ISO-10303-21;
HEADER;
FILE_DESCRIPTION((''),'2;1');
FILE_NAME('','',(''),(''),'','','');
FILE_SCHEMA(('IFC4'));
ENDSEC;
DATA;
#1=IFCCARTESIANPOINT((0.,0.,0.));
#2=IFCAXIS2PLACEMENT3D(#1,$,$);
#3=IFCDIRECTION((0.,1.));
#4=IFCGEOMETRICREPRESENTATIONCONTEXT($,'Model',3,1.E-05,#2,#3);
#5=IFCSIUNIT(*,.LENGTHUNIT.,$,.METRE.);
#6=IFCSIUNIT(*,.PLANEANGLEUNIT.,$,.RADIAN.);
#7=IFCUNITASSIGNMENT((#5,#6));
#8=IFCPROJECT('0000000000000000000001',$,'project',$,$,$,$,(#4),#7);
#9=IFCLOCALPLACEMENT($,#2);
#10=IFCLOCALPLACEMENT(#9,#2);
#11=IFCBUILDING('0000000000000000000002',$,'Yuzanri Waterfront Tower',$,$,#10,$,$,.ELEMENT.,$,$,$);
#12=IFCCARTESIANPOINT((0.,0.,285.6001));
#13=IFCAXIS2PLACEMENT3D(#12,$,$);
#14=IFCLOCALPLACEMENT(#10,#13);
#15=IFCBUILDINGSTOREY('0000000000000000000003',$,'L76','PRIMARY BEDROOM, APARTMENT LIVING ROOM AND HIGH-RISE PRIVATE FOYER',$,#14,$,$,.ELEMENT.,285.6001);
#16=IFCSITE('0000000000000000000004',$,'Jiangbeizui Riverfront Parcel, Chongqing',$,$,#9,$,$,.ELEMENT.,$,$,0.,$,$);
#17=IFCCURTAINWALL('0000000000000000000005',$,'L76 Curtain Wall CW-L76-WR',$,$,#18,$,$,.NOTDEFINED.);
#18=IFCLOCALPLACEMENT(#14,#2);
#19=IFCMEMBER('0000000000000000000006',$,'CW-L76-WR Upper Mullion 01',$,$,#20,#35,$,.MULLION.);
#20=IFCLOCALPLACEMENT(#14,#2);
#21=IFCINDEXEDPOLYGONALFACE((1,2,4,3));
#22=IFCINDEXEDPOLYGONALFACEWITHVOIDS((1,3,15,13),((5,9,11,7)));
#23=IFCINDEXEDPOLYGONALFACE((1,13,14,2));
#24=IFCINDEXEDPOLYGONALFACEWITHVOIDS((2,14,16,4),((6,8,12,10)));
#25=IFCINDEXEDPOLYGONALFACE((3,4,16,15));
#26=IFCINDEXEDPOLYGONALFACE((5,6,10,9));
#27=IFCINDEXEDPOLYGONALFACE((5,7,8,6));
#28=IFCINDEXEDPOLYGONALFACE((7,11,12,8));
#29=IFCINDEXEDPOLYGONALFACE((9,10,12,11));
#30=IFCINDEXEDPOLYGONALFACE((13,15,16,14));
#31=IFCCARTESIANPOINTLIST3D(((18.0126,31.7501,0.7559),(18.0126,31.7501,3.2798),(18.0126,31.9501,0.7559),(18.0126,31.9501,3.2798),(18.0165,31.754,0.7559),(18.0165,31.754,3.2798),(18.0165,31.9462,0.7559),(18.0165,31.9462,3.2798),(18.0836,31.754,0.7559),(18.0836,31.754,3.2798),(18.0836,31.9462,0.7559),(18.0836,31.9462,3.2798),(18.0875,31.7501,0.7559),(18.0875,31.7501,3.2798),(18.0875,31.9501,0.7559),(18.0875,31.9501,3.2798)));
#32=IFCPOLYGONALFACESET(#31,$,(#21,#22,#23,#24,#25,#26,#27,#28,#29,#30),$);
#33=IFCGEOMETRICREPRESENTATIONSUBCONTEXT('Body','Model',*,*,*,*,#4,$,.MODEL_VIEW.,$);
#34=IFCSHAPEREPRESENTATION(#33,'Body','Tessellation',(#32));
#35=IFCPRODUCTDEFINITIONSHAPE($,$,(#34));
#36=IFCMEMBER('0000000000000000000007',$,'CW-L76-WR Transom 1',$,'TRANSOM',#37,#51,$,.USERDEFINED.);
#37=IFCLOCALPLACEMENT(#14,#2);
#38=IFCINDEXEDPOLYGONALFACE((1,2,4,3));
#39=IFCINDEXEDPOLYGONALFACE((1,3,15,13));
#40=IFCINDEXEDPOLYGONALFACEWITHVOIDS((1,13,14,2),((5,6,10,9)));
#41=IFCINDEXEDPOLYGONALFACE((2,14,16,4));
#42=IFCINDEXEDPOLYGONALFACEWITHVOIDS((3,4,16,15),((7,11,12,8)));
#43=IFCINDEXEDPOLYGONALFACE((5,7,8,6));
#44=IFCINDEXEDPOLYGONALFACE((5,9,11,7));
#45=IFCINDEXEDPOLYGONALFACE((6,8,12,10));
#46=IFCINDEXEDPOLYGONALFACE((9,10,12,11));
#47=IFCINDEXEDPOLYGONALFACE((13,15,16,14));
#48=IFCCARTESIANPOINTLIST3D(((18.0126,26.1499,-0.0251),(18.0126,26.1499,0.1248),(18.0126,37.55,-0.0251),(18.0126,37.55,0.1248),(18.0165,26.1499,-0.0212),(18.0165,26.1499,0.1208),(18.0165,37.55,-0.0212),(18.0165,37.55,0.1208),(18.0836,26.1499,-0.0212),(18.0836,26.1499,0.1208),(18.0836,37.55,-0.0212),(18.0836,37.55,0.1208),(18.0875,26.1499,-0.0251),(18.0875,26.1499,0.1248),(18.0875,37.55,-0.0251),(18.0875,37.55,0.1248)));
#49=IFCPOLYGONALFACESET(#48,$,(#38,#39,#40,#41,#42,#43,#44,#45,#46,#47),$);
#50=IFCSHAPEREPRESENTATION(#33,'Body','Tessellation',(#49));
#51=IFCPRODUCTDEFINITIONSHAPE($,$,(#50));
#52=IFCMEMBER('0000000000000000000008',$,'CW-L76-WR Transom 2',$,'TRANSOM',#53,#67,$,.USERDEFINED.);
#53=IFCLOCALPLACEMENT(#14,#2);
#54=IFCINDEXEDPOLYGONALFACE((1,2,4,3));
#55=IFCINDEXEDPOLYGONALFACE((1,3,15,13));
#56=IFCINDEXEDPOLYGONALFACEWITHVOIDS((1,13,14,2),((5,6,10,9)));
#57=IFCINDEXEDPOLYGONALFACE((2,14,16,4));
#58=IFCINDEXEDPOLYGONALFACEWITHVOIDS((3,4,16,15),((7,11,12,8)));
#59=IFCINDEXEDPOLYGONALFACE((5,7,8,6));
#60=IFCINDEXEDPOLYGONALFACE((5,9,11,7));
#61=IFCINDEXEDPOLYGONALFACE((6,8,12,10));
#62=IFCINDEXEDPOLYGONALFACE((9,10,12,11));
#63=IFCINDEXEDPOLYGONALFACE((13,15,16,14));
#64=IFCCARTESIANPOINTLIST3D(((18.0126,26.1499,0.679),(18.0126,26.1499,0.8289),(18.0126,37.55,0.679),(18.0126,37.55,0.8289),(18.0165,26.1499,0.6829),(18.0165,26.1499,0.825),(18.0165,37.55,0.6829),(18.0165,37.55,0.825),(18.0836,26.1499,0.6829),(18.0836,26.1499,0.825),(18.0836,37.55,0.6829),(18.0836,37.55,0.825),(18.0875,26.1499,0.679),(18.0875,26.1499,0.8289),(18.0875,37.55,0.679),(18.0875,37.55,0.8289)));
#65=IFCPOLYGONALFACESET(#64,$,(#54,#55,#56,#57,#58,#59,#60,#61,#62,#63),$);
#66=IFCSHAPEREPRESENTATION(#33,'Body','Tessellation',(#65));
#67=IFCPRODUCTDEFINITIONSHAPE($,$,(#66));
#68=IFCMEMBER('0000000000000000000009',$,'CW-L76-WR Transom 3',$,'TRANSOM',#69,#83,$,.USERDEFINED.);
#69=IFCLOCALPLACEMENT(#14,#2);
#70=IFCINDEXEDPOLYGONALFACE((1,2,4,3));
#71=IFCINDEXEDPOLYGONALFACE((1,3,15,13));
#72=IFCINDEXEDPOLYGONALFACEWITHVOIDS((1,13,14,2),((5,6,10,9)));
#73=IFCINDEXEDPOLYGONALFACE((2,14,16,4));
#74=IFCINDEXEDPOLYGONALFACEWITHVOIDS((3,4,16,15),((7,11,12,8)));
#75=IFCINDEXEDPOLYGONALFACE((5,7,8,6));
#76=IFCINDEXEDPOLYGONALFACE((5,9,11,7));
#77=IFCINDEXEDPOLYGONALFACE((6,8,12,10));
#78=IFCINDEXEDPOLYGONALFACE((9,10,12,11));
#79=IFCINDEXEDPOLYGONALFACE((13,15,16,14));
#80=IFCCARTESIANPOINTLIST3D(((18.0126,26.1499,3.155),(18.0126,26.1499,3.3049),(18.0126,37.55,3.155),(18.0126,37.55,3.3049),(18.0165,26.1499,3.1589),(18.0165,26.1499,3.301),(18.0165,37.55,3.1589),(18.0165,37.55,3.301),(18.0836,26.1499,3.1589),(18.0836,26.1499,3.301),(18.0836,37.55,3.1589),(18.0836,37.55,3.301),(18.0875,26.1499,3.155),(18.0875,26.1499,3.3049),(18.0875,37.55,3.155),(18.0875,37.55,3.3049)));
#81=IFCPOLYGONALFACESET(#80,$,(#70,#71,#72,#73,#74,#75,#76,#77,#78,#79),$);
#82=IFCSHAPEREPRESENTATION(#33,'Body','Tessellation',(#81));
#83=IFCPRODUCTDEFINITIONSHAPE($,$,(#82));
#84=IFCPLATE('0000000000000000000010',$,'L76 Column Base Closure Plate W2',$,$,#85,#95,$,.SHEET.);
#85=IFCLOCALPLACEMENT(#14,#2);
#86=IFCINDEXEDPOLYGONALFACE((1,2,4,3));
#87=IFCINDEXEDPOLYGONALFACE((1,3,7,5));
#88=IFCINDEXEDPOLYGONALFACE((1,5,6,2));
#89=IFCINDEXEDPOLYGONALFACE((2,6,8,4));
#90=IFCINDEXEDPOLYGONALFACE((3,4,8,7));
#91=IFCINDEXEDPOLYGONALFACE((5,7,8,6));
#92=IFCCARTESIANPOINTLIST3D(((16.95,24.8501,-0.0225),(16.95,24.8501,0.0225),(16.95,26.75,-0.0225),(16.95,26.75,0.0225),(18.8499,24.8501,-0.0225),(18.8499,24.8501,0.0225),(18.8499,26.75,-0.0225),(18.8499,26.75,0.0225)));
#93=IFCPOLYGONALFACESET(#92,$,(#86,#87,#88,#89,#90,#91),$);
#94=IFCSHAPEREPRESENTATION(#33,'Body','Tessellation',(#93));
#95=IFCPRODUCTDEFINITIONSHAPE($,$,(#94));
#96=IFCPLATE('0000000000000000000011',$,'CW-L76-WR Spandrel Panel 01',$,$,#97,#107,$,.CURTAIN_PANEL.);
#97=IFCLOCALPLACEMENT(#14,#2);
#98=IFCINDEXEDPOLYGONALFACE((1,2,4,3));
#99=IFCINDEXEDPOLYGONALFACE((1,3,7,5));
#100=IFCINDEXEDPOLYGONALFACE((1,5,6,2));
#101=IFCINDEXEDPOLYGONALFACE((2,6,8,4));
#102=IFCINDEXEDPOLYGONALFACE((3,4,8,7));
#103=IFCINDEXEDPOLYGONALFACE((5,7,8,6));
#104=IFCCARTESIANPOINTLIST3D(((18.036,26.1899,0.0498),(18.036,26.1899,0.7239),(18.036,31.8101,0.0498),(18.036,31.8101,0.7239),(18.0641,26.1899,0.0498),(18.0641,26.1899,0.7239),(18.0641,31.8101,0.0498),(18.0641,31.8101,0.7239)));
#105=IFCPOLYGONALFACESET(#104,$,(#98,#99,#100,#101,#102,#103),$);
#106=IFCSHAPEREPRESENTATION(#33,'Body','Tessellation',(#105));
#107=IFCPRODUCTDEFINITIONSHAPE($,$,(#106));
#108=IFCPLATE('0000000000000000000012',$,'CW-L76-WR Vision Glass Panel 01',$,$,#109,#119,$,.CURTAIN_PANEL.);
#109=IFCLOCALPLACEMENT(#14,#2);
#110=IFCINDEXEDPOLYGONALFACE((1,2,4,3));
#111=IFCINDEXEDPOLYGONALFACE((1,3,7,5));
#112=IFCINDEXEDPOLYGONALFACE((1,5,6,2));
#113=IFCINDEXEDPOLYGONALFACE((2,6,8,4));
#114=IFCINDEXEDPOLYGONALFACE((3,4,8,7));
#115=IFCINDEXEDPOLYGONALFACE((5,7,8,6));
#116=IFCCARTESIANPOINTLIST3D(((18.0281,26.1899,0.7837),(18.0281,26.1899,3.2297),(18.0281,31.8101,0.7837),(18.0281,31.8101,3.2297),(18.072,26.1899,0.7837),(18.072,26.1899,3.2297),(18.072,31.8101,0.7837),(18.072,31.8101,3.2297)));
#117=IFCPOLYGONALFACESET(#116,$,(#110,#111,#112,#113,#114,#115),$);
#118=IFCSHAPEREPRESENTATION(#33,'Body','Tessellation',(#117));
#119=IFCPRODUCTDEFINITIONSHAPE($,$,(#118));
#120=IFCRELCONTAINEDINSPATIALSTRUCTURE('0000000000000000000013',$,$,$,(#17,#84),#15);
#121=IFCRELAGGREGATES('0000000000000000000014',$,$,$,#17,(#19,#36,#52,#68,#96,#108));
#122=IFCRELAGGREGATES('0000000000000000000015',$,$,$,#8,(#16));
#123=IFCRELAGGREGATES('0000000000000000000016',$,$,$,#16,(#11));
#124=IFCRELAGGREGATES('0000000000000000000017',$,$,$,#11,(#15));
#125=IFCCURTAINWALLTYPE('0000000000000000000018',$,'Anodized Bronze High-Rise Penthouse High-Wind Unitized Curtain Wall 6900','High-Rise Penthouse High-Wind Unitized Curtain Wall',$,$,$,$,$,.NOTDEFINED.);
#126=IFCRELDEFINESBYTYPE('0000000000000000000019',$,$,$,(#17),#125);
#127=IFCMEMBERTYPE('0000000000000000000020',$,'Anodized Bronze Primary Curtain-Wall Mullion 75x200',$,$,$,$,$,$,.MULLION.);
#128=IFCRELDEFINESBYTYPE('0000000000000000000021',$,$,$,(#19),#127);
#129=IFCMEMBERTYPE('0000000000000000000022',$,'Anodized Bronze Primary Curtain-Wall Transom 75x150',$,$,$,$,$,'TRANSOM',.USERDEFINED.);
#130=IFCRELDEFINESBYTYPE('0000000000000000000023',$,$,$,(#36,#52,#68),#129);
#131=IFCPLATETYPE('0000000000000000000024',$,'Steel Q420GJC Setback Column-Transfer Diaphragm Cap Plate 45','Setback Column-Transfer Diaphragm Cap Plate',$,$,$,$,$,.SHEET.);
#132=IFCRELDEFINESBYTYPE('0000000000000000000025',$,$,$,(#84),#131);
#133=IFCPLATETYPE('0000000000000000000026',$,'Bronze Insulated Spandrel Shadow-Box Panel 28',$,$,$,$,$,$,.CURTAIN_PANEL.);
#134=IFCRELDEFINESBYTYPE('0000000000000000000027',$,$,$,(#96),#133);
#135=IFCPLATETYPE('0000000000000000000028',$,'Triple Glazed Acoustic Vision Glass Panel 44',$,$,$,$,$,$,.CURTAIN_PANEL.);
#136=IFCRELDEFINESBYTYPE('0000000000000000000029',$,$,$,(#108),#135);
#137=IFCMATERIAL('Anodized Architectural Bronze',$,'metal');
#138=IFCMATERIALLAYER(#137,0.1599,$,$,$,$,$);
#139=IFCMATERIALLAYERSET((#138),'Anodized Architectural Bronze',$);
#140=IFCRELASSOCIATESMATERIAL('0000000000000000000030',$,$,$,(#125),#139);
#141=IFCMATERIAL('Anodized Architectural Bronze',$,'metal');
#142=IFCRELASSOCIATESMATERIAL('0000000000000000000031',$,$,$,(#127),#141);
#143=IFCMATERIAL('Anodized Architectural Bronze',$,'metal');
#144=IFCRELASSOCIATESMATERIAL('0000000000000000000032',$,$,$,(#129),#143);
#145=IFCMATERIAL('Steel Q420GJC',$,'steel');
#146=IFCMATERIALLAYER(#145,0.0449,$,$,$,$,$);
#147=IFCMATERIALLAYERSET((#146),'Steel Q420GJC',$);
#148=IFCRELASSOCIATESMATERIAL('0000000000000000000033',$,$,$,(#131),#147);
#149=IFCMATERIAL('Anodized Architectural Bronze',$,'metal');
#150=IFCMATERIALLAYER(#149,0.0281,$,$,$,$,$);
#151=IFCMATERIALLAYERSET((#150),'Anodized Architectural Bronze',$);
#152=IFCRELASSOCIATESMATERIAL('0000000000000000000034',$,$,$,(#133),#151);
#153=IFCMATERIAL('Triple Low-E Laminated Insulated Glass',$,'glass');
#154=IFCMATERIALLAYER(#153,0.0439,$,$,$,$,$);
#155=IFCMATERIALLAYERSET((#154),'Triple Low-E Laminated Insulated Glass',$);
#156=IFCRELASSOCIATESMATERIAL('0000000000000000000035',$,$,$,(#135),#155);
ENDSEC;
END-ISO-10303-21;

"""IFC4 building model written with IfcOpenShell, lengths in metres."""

from ifc_helpers import new_model, si_unit, direction, frame, origin, origin_2d, place, context, subcontext, project, spatial, rectangle, hollow_rectangle, extrude, source, transform, mapped, material, layer, layer_set, material_profile, profile_set, type_object, element, aggregate, save


model = new_model("IFC4")

# Units and contexts
model_context = context("Model", 3, precision=1e-05, world=origin(), true_north=direction((0.0, 1.0)))
body_context = subcontext(model_context, "Body", "Model", "MODEL_VIEW")
ifc_project = project(units=[si_unit("LENGTHUNIT", "METRE"), si_unit("PLANEANGLEUNIT", "RADIAN")], contexts=[model_context])

# Site, building, storey
site_placement = place(None, origin())
site = spatial("IfcSite", under=ifc_project, at=site_placement, Name="Jiangbeizui Riverfront Parcel, Chongqing", CompositionType="ELEMENT", RefElevation=0.0)
building_placement = place(site_placement, origin())
building = spatial("IfcBuilding", under=site, at=building_placement, Name="Yuzanri Waterfront Tower", CompositionType="ELEMENT")
storey_placement = place(building_placement, frame((0.0, 0.0, 285.6001)))
storey = spatial("IfcBuildingStorey", under=building, at=storey_placement, Name="L76", Description="PRIMARY BEDROOM, APARTMENT LIVING ROOM AND HIGH-RISE PRIVATE FOYER", CompositionType="ELEMENT", Elevation=285.6001)

# Curtain wall
ifc_material_1 = material(Name="Anodized Architectural Bronze", Category="metal")
ifc_layer_1 = layer(ifc_material_1, 0.1599)
ifc_layer_set_1 = layer_set([ifc_layer_1], Name="Anodized Architectural Bronze")
curtain_wall_type = type_object("IfcCurtainWallType", Name="Anodized Bronze High-Rise Penthouse High-Wind Unitized Curtain Wall 6900", Description="High-Rise Penthouse High-Wind Unitized Curtain Wall", PredefinedType="NOTDEFINED", material=ifc_layer_set_1)
curtain_wall_1_placement = place(storey_placement, origin())
curtain_wall_1 = element("IfcCurtainWall", 1, at=curtain_wall_1_placement, inside=storey, type_object=curtain_wall_type, Name="L76 Curtain Wall CW-L76-WR", PredefinedType="NOTDEFINED")
ifc_material_2 = material(Name="Anodized Architectural Bronze", Category="metal")
ifc_material_profile_1 = material_profile(ifc_material_2, hollow_rectangle(XDim=0.075, YDim=0.2, WallThickness=0.0039, at=origin_2d()), Name="CWM 75x200")
ifc_profile_set_1 = profile_set([ifc_material_profile_1], Name="Anodized Architectural Bronze")
member_type_1 = type_object("IfcMemberType", Name="Anodized Bronze Primary Curtain-Wall Mullion 75x200", PredefinedType="MULLION", material=ifc_profile_set_1)

# Shared definitions
shared_shape_1 = source(origin(), body_context, "Body", "SweptSolid", [
    extrude(hollow_rectangle(XDim=0.075, YDim=0.2, WallThickness=0.0039, at=origin_2d()), origin(), (0.0, 0.0, 1.0), 2.5239),
])

# Members
member_1_placement = place(storey_placement, frame((18.05, 31.8501, 0.7559), z_axis=(0.0, 0.0, 1.0), x_axis=(1.0, 0.0, 0.0)))
member_1 = element("IfcMember", 2, at=member_1_placement, type_object=member_type_1, Name="CW-L76-WR Upper Mullion 01", PredefinedType="MULLION", context=body_context, shape_type="MappedRepresentation", body=[
    mapped(shared_shape_1, transform((0.0, 0.0, 0.0), scale=1.0)),
])
ifc_material_3 = material(Name="Anodized Architectural Bronze", Category="metal")
ifc_material_profile_2 = material_profile(ifc_material_3, hollow_rectangle(XDim=0.075, YDim=0.1499, WallThickness=0.0039, at=origin_2d()), Name="CWT 75x150")
ifc_profile_set_2 = profile_set([ifc_material_profile_2], Name="Anodized Architectural Bronze")
member_type_2 = type_object("IfcMemberType", Name="Anodized Bronze Primary Curtain-Wall Transom 75x150", ElementType="TRANSOM", PredefinedType="USERDEFINED", material=ifc_profile_set_2)
shared_shape_2 = source(origin(), body_context, "Body", "SweptSolid", [
    extrude(hollow_rectangle(XDim=0.075, YDim=0.1499, WallThickness=0.0039, at=origin_2d()), origin(), (0.0, 0.0, 1.0), 11.4001),
])
member_2_placement = place(storey_placement, frame((18.05, 26.1499, 0.0498), z_axis=(0.0, 1.0, 0.0), x_axis=(-1.0, 0.0, 0.0)))
member_2 = element("IfcMember", 3, at=member_2_placement, type_object=member_type_2, Name="CW-L76-WR Transom 1", ObjectType="TRANSOM", PredefinedType="USERDEFINED", context=body_context, shape_type="MappedRepresentation", body=[
    mapped(shared_shape_2, transform((0.0, 0.0, 0.0), scale=1.0)),
])
member_3_placement = place(storey_placement, frame((18.05, 26.1499, 0.7539), z_axis=(0.0, 1.0, 0.0), x_axis=(-1.0, 0.0, 0.0)))
member_3 = element("IfcMember", 4, at=member_3_placement, type_object=member_type_2, Name="CW-L76-WR Transom 2", ObjectType="TRANSOM", PredefinedType="USERDEFINED", context=body_context, shape_type="MappedRepresentation", body=[
    mapped(shared_shape_2, transform((0.0, 0.0, 0.0), scale=1.0)),
])
member_4_placement = place(storey_placement, frame((18.05, 26.1499, 3.23), z_axis=(0.0, 1.0, 0.0), x_axis=(-1.0, 0.0, 0.0)))
member_4 = element("IfcMember", 5, at=member_4_placement, type_object=member_type_2, Name="CW-L76-WR Transom 3", ObjectType="TRANSOM", PredefinedType="USERDEFINED", context=body_context, shape_type="MappedRepresentation", body=[
    mapped(shared_shape_2, transform((0.0, 0.0, 0.0), scale=1.0)),
])

# Plates
ifc_material_4 = material(Name="Steel Q420GJC", Category="steel")
ifc_layer_2 = layer(ifc_material_4, 0.0449)
ifc_layer_set_2 = layer_set([ifc_layer_2], Name="Steel Q420GJC")
plate_type_1 = type_object("IfcPlateType", Name="Steel Q420GJC Setback Column-Transfer Diaphragm Cap Plate 45", Description="Setback Column-Transfer Diaphragm Cap Plate", PredefinedType="SHEET", material=ifc_layer_set_2)
shared_shape_3 = source(origin(), body_context, "Body", "SweptSolid", [
    extrude(rectangle(XDim=1.8999, YDim=1.8999, at=origin_2d()), origin(), (0.0, 0.0, 1.0), 0.0449),
])
plate_1_placement = place(storey_placement, frame((17.8999, 25.8, -0.0225), z_axis=(0.0, 0.0, 1.0), x_axis=(1.0, 0.0, 0.0)))
element("IfcPlate", 6, at=plate_1_placement, inside=storey, type_object=plate_type_1, Name="L76 Column Base Closure Plate W2", PredefinedType="SHEET", context=body_context, shape_type="MappedRepresentation", body=[
    mapped(shared_shape_3, transform((0.0, 0.0, 0.0), scale=1.0)),
])
ifc_material_5 = material(Name="Anodized Architectural Bronze", Category="metal")
ifc_layer_3 = layer(ifc_material_5, 0.0281)
ifc_layer_set_3 = layer_set([ifc_layer_3], Name="Anodized Architectural Bronze")
plate_type_2 = type_object("IfcPlateType", Name="Bronze Insulated Spandrel Shadow-Box Panel 28", PredefinedType="CURTAIN_PANEL", material=ifc_layer_set_3)
shared_shape_4 = source(origin(), body_context, "Body", "SweptSolid", [
    extrude(rectangle(XDim=5.6201, YDim=0.0281, at=origin_2d()), origin(), (0.0, 0.0, 1.0), 0.6741),
])
plate_2_placement = place(storey_placement, frame((18.05, 29.0, 0.0498), z_axis=(0.0, 0.0, 1.0), x_axis=(0.0, 1.0, 0.0)))
plate_2 = element("IfcPlate", 7, at=plate_2_placement, type_object=plate_type_2, Name="CW-L76-WR Spandrel Panel 01", PredefinedType="CURTAIN_PANEL", context=body_context, shape_type="MappedRepresentation", body=[
    mapped(shared_shape_4, transform((0.0, 0.0, 0.0), scale=1.0)),
])
ifc_material_6 = material(Name="Triple Low-E Laminated Insulated Glass", Category="glass")
ifc_layer_4 = layer(ifc_material_6, 0.0439)
ifc_layer_set_4 = layer_set([ifc_layer_4], Name="Triple Low-E Laminated Insulated Glass")
plate_type_3 = type_object("IfcPlateType", Name="Triple Glazed Acoustic Vision Glass Panel 44", PredefinedType="CURTAIN_PANEL", material=ifc_layer_set_4)
shared_shape_5 = source(origin(), body_context, "Body", "SweptSolid", [
    extrude(rectangle(XDim=5.6201, YDim=0.0439, at=origin_2d()), origin(), (0.0, 0.0, 1.0), 2.446),
])
plate_3_placement = place(storey_placement, frame((18.05, 29.0, 0.7837), z_axis=(0.0, 0.0, 1.0), x_axis=(0.0, 1.0, 0.0)))
plate_3 = element("IfcPlate", 8, at=plate_3_placement, type_object=plate_type_3, Name="CW-L76-WR Vision Glass Panel 01", PredefinedType="CURTAIN_PANEL", context=body_context, shape_type="MappedRepresentation", body=[
    mapped(shared_shape_5, transform((0.0, 0.0, 0.0), scale=1.0)),
])
aggregate(curtain_wall_1, [member_1, member_2, member_3, member_4, plate_2, plate_3])

save(model, "model.ifc")
